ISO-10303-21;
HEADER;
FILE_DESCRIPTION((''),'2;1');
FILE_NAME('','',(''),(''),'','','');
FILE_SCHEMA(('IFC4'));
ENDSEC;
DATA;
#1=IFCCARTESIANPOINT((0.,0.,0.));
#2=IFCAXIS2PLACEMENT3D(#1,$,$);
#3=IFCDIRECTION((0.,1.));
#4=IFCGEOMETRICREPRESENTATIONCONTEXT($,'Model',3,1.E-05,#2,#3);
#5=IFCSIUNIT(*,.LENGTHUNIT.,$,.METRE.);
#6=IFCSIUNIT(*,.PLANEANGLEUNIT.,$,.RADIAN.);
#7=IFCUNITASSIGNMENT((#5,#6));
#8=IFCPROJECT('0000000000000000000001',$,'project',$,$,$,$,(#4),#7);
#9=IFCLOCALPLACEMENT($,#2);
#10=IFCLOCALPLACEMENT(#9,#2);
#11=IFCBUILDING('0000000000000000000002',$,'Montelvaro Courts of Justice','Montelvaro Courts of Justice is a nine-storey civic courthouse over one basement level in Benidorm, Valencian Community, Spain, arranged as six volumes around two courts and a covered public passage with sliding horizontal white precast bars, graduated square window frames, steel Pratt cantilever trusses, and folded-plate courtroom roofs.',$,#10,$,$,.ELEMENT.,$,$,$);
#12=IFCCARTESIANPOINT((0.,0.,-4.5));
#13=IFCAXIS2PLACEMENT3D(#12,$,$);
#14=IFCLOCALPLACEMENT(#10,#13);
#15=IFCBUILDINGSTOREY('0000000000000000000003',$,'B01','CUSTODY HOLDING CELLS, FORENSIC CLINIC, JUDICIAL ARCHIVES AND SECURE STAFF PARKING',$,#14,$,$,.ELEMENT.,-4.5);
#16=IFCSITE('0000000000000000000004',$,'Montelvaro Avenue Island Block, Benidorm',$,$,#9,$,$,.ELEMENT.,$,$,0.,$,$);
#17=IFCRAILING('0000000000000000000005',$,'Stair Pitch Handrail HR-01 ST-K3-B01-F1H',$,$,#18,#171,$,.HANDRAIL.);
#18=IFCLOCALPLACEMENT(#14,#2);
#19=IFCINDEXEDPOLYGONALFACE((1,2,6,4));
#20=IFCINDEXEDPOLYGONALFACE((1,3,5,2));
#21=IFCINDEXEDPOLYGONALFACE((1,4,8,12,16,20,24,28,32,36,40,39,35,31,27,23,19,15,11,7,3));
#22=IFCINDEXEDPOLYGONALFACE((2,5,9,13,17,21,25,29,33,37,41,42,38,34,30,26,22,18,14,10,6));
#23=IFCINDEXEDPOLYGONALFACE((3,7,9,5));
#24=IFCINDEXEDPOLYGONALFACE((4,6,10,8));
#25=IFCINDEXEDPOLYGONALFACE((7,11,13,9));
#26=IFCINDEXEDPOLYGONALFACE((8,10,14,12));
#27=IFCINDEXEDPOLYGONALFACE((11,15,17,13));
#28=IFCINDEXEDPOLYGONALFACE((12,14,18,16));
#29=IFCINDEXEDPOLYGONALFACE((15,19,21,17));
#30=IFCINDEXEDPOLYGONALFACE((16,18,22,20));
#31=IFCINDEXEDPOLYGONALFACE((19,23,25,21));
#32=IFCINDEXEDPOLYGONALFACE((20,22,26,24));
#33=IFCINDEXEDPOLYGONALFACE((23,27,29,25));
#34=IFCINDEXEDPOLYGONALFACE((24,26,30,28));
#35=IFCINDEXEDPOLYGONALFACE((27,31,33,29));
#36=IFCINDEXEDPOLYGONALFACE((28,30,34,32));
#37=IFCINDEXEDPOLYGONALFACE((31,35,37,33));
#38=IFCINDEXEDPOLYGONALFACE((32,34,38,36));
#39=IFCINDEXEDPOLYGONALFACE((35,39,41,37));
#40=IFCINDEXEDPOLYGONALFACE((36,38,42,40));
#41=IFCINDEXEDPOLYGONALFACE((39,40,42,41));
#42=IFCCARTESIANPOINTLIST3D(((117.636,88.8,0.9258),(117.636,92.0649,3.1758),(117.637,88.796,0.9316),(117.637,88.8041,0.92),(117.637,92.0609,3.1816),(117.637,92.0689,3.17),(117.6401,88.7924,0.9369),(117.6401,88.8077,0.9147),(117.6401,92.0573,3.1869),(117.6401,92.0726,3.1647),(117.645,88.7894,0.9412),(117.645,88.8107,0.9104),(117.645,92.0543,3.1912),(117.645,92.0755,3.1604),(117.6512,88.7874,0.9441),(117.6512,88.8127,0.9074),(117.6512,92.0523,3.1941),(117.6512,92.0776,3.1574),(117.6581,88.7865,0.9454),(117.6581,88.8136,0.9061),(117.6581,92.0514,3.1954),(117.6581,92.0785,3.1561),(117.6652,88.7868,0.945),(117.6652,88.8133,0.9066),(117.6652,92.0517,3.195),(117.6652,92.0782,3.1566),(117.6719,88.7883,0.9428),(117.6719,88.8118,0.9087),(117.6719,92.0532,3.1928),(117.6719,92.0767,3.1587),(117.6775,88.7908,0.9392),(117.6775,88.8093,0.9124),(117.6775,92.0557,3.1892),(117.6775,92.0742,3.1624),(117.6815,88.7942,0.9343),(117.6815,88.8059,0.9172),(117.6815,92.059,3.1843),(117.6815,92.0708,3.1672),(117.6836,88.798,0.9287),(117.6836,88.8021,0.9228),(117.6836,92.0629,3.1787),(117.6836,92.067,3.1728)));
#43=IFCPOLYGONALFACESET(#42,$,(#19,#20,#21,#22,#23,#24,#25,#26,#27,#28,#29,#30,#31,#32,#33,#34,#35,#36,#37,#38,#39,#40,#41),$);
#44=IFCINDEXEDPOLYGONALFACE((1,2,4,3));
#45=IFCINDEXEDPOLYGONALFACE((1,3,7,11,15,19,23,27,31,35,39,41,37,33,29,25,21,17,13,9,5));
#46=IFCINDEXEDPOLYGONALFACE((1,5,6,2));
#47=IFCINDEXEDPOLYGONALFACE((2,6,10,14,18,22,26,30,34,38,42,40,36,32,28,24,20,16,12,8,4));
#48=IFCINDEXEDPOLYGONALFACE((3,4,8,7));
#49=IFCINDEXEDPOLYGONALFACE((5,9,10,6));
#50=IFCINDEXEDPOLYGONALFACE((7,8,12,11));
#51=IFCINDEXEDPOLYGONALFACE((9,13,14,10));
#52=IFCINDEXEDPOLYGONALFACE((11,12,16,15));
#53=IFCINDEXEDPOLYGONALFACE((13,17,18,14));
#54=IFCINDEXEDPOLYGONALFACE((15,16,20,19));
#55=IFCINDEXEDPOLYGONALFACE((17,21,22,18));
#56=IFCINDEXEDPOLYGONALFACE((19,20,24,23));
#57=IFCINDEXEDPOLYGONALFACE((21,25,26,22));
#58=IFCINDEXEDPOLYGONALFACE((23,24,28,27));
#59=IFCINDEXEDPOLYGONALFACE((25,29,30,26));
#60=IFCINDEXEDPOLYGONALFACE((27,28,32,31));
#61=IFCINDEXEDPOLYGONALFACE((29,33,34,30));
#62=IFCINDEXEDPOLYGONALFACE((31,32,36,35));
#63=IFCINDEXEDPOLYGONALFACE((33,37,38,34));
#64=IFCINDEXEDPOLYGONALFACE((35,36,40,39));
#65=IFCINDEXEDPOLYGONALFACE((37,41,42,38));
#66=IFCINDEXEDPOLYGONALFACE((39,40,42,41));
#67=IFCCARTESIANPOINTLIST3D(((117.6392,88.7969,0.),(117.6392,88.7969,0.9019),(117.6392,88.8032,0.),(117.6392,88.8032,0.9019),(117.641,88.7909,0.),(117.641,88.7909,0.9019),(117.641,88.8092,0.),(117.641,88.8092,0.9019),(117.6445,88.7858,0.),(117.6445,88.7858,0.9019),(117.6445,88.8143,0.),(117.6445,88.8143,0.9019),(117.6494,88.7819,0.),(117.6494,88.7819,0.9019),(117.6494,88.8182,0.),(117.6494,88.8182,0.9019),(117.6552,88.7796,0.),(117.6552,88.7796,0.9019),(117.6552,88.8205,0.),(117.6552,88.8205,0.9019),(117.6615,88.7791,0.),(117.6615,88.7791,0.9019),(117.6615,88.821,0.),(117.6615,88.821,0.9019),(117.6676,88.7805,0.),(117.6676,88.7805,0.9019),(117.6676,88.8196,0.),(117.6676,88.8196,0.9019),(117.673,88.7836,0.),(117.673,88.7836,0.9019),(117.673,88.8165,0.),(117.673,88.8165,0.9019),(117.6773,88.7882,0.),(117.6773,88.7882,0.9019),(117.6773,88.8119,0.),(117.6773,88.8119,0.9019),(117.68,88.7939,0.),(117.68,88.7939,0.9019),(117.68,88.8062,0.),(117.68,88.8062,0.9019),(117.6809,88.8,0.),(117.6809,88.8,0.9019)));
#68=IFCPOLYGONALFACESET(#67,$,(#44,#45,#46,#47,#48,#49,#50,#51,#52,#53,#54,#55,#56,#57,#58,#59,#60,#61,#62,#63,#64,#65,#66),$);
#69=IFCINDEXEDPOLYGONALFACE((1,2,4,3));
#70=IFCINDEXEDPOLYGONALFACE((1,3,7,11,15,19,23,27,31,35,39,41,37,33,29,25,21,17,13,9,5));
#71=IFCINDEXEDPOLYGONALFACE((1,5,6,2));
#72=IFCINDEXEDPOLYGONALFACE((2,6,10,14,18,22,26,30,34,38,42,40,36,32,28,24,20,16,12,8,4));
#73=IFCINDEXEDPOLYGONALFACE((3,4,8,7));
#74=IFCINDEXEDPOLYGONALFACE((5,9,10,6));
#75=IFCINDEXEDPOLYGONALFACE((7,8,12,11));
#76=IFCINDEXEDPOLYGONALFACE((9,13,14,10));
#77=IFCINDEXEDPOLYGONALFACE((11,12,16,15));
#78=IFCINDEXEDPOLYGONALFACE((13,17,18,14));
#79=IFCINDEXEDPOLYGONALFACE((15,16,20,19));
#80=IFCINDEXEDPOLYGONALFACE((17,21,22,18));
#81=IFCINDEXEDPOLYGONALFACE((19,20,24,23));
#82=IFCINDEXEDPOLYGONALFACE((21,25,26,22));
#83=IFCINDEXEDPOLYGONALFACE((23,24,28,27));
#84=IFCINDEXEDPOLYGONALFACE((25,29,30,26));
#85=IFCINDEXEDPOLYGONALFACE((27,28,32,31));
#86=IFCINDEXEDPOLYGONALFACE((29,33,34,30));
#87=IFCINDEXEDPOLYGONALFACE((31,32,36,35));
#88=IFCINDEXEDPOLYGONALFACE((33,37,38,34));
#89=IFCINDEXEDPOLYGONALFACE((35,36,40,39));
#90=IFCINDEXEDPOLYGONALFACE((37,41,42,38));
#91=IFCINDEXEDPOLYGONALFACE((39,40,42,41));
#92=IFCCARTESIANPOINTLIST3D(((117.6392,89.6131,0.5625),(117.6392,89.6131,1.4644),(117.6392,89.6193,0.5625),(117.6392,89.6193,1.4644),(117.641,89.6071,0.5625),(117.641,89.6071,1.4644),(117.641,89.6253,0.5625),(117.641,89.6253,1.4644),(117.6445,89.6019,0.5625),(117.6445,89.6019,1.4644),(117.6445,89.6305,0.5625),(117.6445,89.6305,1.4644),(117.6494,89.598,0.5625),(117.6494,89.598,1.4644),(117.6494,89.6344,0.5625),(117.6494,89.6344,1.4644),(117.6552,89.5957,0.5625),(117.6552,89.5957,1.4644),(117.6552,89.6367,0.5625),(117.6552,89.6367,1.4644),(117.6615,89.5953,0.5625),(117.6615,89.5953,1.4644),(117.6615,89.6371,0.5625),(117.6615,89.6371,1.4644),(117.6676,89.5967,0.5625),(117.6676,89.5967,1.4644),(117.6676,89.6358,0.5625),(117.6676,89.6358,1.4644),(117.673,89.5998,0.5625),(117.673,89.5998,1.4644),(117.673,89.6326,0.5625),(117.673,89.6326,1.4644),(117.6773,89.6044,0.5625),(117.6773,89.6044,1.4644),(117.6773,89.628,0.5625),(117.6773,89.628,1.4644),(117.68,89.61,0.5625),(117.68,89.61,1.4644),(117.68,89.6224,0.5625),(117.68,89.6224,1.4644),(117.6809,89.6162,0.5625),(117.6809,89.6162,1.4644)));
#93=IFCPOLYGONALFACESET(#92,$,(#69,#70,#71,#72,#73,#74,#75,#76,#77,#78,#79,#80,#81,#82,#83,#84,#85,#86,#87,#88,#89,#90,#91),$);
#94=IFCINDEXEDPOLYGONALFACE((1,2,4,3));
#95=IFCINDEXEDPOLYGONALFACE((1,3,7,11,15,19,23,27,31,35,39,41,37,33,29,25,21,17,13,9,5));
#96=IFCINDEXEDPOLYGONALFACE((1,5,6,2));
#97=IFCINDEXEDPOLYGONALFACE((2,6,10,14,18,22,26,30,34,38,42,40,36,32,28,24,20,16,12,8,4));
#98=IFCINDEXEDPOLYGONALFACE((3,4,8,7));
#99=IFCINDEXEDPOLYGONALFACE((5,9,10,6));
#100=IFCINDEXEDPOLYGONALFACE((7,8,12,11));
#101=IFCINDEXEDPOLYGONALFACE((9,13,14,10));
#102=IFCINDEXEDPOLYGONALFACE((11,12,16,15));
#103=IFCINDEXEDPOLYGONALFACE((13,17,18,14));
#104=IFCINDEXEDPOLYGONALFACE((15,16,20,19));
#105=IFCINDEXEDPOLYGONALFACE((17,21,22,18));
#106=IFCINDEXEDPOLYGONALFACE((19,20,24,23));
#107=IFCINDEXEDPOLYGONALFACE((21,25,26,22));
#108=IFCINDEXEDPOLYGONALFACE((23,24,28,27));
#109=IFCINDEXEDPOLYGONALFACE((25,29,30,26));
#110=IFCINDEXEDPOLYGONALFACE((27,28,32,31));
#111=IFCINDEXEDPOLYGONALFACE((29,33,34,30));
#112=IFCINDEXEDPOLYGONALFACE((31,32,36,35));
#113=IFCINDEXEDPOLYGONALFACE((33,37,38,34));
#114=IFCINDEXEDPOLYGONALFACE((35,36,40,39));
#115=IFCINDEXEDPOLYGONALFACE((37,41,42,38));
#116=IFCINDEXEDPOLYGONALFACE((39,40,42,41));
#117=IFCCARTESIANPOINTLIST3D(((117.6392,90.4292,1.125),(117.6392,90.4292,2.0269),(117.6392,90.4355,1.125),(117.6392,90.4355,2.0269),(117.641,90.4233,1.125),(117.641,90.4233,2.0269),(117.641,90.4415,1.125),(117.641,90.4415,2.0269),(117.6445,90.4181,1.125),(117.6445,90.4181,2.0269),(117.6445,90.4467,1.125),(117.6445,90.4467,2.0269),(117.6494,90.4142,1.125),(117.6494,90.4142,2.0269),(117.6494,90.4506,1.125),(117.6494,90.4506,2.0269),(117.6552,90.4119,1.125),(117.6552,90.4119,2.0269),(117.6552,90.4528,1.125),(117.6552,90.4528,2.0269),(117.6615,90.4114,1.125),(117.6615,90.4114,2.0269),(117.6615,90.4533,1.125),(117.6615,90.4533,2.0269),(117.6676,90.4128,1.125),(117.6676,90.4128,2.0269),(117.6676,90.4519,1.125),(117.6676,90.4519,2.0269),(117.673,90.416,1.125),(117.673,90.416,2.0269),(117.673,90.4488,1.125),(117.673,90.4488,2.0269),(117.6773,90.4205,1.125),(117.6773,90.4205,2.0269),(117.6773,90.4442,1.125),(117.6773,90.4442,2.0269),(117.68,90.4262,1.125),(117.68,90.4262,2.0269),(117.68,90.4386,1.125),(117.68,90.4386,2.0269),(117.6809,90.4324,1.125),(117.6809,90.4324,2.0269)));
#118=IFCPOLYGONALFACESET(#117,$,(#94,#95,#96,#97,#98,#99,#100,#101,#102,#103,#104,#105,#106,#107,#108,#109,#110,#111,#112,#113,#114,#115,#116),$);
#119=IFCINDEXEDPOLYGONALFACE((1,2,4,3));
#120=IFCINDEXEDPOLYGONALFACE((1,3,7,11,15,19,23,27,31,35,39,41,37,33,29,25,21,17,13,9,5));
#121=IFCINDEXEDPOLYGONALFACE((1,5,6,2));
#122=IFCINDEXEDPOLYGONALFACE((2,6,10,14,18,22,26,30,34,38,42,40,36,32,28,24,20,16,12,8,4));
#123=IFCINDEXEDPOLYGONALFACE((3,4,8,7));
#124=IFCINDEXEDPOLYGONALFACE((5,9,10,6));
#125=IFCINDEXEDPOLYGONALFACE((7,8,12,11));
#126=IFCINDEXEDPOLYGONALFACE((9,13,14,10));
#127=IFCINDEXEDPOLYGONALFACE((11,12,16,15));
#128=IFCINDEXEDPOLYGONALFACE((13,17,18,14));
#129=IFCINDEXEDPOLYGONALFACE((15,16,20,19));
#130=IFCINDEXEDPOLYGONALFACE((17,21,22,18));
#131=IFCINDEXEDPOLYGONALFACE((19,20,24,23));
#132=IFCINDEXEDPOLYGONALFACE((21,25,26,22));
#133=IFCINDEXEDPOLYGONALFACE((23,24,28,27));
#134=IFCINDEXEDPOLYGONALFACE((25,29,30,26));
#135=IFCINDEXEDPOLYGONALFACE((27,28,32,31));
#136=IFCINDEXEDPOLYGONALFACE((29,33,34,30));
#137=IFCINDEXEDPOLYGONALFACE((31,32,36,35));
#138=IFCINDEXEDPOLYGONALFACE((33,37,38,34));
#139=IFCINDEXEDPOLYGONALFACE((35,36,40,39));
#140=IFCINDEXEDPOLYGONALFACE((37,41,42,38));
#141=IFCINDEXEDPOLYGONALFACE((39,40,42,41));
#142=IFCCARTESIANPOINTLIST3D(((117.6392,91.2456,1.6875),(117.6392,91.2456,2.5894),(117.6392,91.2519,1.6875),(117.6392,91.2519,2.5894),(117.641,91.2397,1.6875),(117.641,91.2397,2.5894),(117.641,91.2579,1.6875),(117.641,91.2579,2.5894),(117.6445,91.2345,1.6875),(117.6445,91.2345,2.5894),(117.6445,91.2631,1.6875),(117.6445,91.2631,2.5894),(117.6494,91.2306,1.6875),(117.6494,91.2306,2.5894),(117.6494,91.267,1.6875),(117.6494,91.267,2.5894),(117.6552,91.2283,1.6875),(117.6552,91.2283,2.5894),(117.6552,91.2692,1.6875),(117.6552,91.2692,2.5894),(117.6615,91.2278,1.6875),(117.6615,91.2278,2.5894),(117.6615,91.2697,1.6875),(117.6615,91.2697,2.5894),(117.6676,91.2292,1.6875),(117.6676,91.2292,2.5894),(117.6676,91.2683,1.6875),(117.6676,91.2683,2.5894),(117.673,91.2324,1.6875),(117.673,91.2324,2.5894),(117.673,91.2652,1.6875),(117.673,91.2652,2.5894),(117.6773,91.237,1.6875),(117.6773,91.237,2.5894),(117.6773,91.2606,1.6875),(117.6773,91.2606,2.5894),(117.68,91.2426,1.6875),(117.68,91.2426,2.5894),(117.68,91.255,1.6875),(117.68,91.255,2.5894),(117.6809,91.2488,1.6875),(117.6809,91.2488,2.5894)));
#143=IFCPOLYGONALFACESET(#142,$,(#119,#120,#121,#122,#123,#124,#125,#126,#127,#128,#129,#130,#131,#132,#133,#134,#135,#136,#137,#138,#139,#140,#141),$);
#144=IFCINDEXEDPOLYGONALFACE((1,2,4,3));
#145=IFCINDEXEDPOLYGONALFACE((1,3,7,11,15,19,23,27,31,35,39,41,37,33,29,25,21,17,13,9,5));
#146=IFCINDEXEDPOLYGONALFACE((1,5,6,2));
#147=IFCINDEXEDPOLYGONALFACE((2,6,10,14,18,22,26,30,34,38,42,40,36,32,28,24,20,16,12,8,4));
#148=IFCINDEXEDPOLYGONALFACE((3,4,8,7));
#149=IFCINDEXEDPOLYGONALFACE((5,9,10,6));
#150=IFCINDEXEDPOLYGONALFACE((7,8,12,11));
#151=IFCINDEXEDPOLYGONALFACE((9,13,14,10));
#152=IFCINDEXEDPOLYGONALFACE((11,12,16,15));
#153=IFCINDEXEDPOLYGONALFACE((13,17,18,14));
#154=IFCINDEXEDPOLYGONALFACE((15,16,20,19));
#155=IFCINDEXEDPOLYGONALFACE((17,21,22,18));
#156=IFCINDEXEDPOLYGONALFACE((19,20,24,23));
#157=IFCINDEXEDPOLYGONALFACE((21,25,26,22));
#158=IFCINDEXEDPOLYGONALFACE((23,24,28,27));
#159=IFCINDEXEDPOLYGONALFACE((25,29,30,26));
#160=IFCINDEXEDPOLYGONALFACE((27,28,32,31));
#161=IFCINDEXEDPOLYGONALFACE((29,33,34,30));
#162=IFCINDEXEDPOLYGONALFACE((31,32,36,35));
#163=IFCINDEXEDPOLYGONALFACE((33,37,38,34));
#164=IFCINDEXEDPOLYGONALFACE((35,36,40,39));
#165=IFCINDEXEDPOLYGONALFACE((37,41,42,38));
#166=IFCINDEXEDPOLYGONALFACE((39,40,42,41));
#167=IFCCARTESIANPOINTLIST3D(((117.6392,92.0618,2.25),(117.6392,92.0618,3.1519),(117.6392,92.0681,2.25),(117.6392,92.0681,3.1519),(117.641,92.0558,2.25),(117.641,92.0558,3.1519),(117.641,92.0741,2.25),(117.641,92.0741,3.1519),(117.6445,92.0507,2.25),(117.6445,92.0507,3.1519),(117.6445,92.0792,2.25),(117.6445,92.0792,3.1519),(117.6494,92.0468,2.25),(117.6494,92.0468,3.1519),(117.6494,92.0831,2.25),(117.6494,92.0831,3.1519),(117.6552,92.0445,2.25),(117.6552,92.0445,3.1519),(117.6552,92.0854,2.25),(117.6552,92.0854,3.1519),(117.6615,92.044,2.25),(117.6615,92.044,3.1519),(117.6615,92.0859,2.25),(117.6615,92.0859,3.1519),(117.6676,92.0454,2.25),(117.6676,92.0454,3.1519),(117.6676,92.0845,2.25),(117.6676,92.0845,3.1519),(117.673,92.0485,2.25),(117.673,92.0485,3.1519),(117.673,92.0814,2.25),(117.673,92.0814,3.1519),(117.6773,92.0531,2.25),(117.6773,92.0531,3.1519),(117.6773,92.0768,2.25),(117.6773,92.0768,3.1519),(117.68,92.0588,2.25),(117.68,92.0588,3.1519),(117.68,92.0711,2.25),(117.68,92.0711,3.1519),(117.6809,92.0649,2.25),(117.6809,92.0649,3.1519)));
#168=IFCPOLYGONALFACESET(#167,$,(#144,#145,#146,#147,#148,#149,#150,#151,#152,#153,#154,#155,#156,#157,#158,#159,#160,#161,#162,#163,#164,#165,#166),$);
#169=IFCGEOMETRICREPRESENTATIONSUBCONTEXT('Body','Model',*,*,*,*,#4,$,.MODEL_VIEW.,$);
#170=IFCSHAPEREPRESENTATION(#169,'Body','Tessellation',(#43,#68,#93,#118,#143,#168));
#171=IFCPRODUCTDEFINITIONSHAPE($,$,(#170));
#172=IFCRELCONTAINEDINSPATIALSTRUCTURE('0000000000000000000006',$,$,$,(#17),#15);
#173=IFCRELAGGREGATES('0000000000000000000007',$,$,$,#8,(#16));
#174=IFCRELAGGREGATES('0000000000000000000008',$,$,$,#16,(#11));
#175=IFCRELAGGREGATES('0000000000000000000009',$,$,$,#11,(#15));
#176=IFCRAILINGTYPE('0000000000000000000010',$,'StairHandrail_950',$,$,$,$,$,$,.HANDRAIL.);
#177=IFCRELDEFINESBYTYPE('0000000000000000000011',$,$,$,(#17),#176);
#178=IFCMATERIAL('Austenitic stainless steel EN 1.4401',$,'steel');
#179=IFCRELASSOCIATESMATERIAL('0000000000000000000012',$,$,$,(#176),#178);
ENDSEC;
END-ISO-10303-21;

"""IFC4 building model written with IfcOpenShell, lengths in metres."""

from ifc_helpers import new_model, si_unit, direction, frame, origin, origin_2d, place, context, subcontext, project, spatial, circle, extrude, material, type_object, element, save


model = new_model("IFC4")

# Units and contexts
model_context = context("Model", 3, precision=1e-05, world=origin(), true_north=direction((0.0, 1.0)))
body_context = subcontext(model_context, "Body", "Model", "MODEL_VIEW")
ifc_project = project(units=[si_unit("LENGTHUNIT", "METRE"), si_unit("PLANEANGLEUNIT", "RADIAN")], contexts=[model_context])

# Site, building, storey
site_placement = place(None, origin())
site = spatial("IfcSite", under=ifc_project, at=site_placement, Name="Montelvaro Avenue Island Block, Benidorm", CompositionType="ELEMENT", RefElevation=0.0)
building_placement = place(site_placement, origin())
building = spatial("IfcBuilding", under=site, at=building_placement, Name="Montelvaro Courts of Justice", Description="Montelvaro Courts of Justice is a nine-storey civic courthouse over one basement level in Benidorm, Valencian Community, Spain, arranged as six volumes around two courts and a covered public passage with sliding horizontal white precast bars, graduated square window frames, steel Pratt cantilever trusses, and folded-plate courtroom roofs.", CompositionType="ELEMENT")
storey_placement = place(building_placement, frame((0.0, 0.0, -4.5)))
storey = spatial("IfcBuildingStorey", under=building, at=storey_placement, Name="B01", Description="CUSTODY HOLDING CELLS, FORENSIC CLINIC, JUDICIAL ARCHIVES AND SECURE STAFF PARKING", CompositionType="ELEMENT", Elevation=-4.5)

# Railing
ifc_material_1 = material(Name="Austenitic stainless steel EN 1.4401", Category="steel")
railing_type = type_object("IfcRailingType", Name="StairHandrail_950", PredefinedType="HANDRAIL", material=ifc_material_1)
railing_placement = place(storey_placement, frame((117.6599, 88.8, 0.0)))
element("IfcRailing", 1, at=railing_placement, inside=storey, type_object=railing_type, Name="Stair Pitch Handrail HR-01 ST-K3-B01-F1H", PredefinedType="HANDRAIL", context=body_context, shape_type="SweptSolid", body=[
    extrude(circle(Radius=0.0239, at=origin_2d()), frame((0.0, 0.0, 0.9258), z_axis=(0.0, 0.823407, 0.567451), x_axis=(-1.0, 0.0, 0.0)), (0.0, 0.0, 1.0), 3.9651),
    extrude(circle(Radius=0.021, at=origin_2d()), origin(), (0.0, 0.0, 1.0), 0.9019),
    extrude(circle(Radius=0.021, at=origin_2d()), frame((0.0, 0.8162, 0.5625)), (0.0, 0.0, 1.0), 0.9019),
    extrude(circle(Radius=0.021, at=origin_2d()), frame((0.0, 1.6323, 1.125)), (0.0, 0.0, 1.0), 0.9019),
    extrude(circle(Radius=0.021, at=origin_2d()), frame((0.0, 2.4487, 1.6875)), (0.0, 0.0, 1.0), 0.9019),
    extrude(circle(Radius=0.021, at=origin_2d()), frame((0.0, 3.2649, 2.25)), (0.0, 0.0, 1.0), 0.9019),
])

save(model, "model.ifc")
